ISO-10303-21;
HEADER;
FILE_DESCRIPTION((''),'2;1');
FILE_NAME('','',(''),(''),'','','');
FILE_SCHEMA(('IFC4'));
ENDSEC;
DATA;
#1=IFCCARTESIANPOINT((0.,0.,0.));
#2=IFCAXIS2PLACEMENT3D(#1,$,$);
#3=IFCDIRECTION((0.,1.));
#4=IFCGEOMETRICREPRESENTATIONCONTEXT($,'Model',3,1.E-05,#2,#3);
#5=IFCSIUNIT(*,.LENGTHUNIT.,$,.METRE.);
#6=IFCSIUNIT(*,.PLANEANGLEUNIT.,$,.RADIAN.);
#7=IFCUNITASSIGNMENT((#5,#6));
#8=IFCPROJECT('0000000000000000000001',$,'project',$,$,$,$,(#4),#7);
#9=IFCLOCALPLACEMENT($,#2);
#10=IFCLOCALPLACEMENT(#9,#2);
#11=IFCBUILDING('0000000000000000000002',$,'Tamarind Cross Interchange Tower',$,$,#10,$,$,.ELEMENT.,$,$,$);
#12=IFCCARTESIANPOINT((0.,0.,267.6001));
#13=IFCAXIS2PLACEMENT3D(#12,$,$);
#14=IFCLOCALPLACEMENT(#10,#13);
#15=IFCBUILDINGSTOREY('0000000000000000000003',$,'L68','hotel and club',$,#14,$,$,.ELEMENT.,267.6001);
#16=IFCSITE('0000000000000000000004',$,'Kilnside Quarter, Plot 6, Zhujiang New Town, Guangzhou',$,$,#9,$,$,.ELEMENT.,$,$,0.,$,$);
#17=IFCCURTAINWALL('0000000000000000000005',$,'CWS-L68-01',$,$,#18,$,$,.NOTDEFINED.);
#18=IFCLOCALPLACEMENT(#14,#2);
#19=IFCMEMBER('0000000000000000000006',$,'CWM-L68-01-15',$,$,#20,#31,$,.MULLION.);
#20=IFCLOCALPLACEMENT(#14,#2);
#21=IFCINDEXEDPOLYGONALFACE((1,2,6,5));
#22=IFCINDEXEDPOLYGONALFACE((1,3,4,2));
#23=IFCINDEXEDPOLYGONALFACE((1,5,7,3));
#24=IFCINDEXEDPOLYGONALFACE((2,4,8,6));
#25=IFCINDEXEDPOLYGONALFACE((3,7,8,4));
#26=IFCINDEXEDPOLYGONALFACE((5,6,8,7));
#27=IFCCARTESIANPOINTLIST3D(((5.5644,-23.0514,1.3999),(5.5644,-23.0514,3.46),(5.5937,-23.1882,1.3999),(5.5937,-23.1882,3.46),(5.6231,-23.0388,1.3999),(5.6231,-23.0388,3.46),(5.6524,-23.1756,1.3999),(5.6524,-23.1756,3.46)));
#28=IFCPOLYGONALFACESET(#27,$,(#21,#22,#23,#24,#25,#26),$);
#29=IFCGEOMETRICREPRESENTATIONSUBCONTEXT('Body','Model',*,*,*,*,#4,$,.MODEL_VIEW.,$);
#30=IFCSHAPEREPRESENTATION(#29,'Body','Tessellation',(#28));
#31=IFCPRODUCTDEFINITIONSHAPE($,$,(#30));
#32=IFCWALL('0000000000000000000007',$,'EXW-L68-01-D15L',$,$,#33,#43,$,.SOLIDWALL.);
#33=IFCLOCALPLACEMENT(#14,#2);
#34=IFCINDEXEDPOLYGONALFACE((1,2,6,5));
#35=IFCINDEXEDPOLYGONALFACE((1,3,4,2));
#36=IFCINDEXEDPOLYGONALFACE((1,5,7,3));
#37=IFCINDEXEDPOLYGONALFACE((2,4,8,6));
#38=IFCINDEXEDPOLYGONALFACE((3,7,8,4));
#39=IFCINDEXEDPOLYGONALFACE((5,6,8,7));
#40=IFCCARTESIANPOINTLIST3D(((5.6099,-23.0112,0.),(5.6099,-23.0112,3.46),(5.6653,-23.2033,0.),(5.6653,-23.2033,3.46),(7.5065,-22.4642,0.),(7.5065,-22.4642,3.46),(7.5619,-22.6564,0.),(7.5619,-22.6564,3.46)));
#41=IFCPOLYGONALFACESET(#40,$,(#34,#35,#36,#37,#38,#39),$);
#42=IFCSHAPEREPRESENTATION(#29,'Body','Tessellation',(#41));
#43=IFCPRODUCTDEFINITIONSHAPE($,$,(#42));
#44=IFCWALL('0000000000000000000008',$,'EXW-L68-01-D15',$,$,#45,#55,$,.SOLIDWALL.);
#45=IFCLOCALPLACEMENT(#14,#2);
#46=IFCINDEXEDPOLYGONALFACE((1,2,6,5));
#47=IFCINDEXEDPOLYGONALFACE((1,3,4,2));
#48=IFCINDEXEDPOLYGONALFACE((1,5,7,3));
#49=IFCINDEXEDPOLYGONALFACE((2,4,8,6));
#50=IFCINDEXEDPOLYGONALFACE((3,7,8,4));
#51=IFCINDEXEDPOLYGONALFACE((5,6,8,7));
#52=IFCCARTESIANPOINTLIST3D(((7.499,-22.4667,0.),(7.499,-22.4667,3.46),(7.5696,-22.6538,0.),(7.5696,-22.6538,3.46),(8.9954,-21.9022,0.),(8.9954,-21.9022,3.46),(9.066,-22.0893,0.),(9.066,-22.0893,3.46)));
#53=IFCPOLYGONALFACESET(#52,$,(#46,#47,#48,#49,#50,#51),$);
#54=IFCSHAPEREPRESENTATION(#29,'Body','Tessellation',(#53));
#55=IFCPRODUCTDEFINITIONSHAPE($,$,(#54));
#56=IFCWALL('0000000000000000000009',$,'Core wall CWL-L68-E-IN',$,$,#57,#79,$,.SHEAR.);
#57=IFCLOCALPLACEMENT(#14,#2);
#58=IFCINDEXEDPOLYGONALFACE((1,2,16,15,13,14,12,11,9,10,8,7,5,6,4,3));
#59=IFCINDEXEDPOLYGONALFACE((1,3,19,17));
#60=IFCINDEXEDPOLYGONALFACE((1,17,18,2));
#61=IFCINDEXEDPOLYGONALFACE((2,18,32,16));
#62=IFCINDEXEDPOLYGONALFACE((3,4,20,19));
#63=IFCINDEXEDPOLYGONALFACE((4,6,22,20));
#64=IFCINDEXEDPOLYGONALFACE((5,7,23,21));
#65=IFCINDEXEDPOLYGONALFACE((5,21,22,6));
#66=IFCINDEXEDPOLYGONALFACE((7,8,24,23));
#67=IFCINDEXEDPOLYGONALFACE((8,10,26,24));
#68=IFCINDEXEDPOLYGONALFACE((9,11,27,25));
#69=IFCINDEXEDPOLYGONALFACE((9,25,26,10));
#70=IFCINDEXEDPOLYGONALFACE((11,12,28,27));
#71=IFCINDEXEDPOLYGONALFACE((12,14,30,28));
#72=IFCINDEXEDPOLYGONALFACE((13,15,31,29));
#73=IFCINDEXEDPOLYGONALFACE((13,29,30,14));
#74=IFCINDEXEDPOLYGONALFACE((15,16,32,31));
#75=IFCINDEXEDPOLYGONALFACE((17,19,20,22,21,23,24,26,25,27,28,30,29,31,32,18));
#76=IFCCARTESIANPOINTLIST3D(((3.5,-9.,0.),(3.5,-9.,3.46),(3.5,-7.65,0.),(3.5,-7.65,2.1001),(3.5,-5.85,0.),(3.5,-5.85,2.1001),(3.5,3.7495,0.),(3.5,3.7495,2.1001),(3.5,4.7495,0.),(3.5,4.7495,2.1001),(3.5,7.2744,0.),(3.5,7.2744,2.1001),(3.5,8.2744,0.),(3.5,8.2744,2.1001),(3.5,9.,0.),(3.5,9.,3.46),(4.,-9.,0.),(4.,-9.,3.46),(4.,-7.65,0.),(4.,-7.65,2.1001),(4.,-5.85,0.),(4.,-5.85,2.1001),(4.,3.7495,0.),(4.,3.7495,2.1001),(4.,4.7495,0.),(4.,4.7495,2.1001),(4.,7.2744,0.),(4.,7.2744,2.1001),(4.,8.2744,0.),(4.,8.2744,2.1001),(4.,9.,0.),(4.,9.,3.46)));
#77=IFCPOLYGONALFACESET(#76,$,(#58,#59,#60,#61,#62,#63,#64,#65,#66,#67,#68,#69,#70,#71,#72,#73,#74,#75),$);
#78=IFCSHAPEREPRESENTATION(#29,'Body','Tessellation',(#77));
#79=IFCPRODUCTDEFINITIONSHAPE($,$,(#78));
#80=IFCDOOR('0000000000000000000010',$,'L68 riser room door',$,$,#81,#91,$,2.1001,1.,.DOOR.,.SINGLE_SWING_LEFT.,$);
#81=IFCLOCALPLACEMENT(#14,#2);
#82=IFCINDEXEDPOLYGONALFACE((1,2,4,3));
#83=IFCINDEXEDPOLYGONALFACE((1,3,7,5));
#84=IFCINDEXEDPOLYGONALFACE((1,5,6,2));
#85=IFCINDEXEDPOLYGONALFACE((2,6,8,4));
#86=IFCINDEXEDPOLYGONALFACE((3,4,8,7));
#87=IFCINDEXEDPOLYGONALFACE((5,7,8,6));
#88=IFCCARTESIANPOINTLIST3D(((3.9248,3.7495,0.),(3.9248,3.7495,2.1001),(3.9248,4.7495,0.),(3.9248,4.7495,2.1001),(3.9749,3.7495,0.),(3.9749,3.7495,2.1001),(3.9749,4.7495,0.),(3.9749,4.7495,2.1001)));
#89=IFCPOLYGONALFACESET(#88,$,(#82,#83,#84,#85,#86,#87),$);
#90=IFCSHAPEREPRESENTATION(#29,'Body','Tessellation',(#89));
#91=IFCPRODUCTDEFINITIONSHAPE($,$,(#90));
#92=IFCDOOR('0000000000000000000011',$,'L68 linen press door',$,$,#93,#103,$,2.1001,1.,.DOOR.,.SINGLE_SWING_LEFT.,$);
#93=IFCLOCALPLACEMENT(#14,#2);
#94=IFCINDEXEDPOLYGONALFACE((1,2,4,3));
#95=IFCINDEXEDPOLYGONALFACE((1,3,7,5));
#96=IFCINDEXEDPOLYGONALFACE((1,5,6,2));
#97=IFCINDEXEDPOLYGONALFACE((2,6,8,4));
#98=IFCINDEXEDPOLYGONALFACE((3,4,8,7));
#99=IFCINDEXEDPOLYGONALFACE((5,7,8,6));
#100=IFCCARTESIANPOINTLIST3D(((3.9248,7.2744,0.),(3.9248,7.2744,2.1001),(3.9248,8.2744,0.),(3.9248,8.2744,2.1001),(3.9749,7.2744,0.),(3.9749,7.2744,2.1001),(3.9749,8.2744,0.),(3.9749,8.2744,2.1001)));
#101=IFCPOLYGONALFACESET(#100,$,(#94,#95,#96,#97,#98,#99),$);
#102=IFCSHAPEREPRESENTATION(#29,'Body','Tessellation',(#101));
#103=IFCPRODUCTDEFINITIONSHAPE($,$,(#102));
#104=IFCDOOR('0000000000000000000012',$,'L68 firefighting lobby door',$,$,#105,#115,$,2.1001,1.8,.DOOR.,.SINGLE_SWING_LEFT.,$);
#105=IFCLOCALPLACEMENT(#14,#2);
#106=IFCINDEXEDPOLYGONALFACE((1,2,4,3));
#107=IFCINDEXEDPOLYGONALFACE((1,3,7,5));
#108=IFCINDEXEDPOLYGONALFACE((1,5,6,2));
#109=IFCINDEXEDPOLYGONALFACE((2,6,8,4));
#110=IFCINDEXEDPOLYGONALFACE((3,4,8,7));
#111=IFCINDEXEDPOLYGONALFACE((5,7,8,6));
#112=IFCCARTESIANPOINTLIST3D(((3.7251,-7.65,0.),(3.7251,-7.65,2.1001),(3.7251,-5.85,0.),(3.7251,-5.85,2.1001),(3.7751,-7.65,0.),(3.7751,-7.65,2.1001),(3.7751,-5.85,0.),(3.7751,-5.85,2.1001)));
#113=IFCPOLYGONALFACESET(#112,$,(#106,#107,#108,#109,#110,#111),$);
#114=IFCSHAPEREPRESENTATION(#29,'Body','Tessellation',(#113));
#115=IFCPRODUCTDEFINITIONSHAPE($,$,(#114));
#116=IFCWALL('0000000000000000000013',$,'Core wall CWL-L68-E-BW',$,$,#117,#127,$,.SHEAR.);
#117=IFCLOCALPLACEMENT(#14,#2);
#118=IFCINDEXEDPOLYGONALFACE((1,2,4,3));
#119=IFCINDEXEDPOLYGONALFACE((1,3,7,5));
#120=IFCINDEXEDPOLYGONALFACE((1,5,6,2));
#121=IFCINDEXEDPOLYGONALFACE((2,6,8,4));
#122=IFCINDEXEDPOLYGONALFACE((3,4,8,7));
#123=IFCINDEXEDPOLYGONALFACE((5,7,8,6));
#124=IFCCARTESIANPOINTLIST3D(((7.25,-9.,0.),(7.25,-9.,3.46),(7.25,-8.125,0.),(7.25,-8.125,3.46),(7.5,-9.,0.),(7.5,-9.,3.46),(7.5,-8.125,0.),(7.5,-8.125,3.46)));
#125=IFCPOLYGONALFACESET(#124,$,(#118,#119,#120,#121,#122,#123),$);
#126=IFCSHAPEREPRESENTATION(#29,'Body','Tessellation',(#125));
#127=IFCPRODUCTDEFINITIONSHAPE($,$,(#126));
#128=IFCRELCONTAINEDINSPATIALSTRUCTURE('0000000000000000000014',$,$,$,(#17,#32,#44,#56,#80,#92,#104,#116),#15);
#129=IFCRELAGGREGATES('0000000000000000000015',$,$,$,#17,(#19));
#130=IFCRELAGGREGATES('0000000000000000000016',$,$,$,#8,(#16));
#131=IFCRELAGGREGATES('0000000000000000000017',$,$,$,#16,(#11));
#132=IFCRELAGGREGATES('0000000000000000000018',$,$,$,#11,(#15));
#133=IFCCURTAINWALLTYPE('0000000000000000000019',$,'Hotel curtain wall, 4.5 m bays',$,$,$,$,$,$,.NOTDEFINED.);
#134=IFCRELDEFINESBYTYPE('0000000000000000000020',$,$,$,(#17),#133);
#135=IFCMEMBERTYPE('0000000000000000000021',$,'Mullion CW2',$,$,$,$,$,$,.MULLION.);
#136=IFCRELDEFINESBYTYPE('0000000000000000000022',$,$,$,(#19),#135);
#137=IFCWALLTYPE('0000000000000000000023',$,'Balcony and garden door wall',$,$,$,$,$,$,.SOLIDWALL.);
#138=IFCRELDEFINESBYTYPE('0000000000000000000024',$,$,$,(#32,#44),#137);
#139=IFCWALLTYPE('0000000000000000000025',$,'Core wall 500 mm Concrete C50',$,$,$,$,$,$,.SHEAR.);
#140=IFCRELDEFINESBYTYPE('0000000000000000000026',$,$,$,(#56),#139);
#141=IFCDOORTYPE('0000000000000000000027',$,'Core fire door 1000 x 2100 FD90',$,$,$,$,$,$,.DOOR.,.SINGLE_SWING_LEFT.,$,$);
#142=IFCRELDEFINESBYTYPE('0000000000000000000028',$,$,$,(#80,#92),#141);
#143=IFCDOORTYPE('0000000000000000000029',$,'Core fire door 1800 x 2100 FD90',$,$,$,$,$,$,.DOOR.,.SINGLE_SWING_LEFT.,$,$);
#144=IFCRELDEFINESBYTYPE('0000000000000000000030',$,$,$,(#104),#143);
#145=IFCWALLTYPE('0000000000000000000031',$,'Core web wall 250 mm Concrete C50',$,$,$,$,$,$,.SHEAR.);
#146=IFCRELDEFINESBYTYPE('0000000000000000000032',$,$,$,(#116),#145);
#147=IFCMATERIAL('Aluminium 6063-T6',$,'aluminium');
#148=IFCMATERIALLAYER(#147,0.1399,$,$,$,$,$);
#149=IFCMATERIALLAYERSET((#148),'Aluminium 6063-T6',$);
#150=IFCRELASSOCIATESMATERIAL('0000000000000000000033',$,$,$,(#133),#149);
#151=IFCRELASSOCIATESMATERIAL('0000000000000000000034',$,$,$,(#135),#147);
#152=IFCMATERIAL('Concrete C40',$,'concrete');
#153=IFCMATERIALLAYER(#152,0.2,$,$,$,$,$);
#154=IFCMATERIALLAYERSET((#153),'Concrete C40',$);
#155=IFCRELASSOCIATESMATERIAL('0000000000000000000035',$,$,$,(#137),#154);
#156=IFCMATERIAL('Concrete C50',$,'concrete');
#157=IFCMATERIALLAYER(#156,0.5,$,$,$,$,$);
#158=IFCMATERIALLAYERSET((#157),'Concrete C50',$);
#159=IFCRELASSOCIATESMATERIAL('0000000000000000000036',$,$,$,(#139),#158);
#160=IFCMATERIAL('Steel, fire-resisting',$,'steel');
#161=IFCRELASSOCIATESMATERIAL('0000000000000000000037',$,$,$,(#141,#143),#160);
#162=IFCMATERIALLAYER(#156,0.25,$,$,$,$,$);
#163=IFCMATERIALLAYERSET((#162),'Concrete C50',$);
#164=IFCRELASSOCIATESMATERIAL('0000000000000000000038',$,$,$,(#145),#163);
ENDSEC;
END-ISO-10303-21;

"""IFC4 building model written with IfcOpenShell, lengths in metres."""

from ifc_helpers import new_model, si_unit, direction, frame, frame_2d, origin, origin_2d, place, context, subcontext, project, spatial, rectangle, extrude, material, layer, layer_set, material_profile, profile_set, type_object, element, fill, aggregate, save


model = new_model("IFC4")

# Units and contexts
model_context = context("Model", 3, precision=1e-05, world=origin(), true_north=direction((0.0, 1.0)))
body_context = subcontext(model_context, "Body", "Model", "MODEL_VIEW")
ifc_project = project(units=[si_unit("LENGTHUNIT", "METRE"), si_unit("PLANEANGLEUNIT", "RADIAN")], contexts=[model_context])

# Site, building, storey
site_placement = place(None, origin())
site = spatial("IfcSite", under=ifc_project, at=site_placement, Name="Kilnside Quarter, Plot 6, Zhujiang New Town, Guangzhou", CompositionType="ELEMENT", RefElevation=0.0)
building_placement = place(site_placement, origin())
building = spatial("IfcBuilding", under=site, at=building_placement, Name="Tamarind Cross Interchange Tower", CompositionType="ELEMENT")
storey_placement = place(building_placement, frame((0.0, 0.0, 267.6001)))
storey = spatial("IfcBuildingStorey", under=building, at=storey_placement, Name="L68", Description="hotel and club", CompositionType="ELEMENT", Elevation=267.6001)

# Curtain wall, member
ifc_material_1 = material(Name="Aluminium 6063-T6", Category="aluminium")
ifc_layer_1 = layer(ifc_material_1, 0.1399)
ifc_layer_set_1 = layer_set([ifc_layer_1], Name="Aluminium 6063-T6")
curtain_wall_type = type_object("IfcCurtainWallType", Name="Hotel curtain wall, 4.5 m bays", PredefinedType="NOTDEFINED", material=ifc_layer_set_1)
curtain_wall_placement = place(storey_placement, origin())
curtain_wall = element("IfcCurtainWall", 1, at=curtain_wall_placement, inside=storey, type_object=curtain_wall_type, Name="CWS-L68-01", PredefinedType="NOTDEFINED")
ifc_material_profile_1 = material_profile(ifc_material_1, rectangle(XDim=0.0601, YDim=0.1399, at=origin_2d()), Name="Mullion CW2")
ifc_profile_set_1 = profile_set([ifc_material_profile_1], Name="Aluminium 6063-T6")
member_type = type_object("IfcMemberType", Name="Mullion CW2", PredefinedType="MULLION", material=ifc_profile_set_1)
member_1_placement = place(storey_placement, frame((5.6084, -23.1135, 1.3999), z_axis=(0.0, 0.0, 1.0), x_axis=(0.977825, 0.209425, 0.0)))
member_1 = element("IfcMember", 2, at=member_1_placement, type_object=member_type, Name="CWM-L68-01-15", PredefinedType="MULLION", context=body_context, shape_type="SweptSolid", body=[
    extrude(rectangle(XDim=0.0601, YDim=0.1399, at=origin_2d()), origin(), (0.0, 0.0, 1.0), 2.0601),
])
aggregate(curtain_wall, [member_1])

# Wall
ifc_material_2 = material(Name="Concrete C40", Category="concrete")
ifc_layer_2 = layer(ifc_material_2, 0.2)
ifc_layer_set_2 = layer_set([ifc_layer_2], Name="Concrete C40")
wall_type_1 = type_object("IfcWallType", Name="Balcony and garden door wall", PredefinedType="SOLIDWALL", material=ifc_layer_set_2)
wall_1_placement = place(storey_placement, frame((5.6377, -23.1072, 0.0), z_axis=(0.0, 0.0, 1.0), x_axis=(0.960849, 0.277073, 0.0)))
element("IfcWall", 3, at=wall_1_placement, inside=storey, type_object=wall_type_1, Name="EXW-L68-01-D15L", PredefinedType="SOLIDWALL", context=body_context, shape_type="SweptSolid", body=[
    extrude(rectangle(XDim=1.9739, YDim=0.2, at=frame_2d((0.9868, 0.0))), origin(), (0.0, 0.0, 1.0), 3.46),
])

# Wall
wall_2_placement = place(storey_placement, frame((7.5342, -22.5603, 0.0), z_axis=(0.0, 0.0, 1.0), x_axis=(0.935644, 0.352946, 0.0)))
element("IfcWall", 4, at=wall_2_placement, inside=storey, type_object=wall_type_1, Name="EXW-L68-01-D15", PredefinedType="SOLIDWALL", context=body_context, shape_type="SweptSolid", body=[
    extrude(rectangle(XDim=1.5994, YDim=0.2, at=frame_2d((0.7998, 0.0))), origin(), (0.0, 0.0, 1.0), 3.46),
])

# Wall, openings, doors
ifc_material_3 = material(Name="Concrete C50", Category="concrete")
ifc_layer_3 = layer(ifc_material_3, 0.5)
ifc_layer_set_3 = layer_set([ifc_layer_3], Name="Concrete C50")
wall_type_2 = type_object("IfcWallType", Name="Core wall 500 mm Concrete C50", PredefinedType="SHEAR", material=ifc_layer_set_3)
wall_3_placement = place(storey_placement, frame((3.75, -9.0, 0.0), z_axis=(0.0, 0.0, 1.0), x_axis=(0.0, 1.0, 0.0)))
wall_3 = element("IfcWall", 5, at=wall_3_placement, inside=storey, type_object=wall_type_2, Name="Core wall CWL-L68-E-IN", PredefinedType="SHEAR", context=body_context, shape_type="SweptSolid", body=[
    extrude(rectangle(XDim=18.0, YDim=0.5, at=frame_2d((9.0, 0.0))), origin(), (0.0, 0.0, 1.0), 3.46),
])
opening_1_placement = place(wall_3_placement, frame((1.3501, 0.0, 0.0)))
opening_1 = element("IfcOpeningElement", 6, at=opening_1_placement, cuts=wall_3, PredefinedType="OPENING", context=body_context, shape_type="SweptSolid", body=[
    extrude(rectangle(XDim=1.8, YDim=2.1001, at=frame_2d((0.8999, 1.05))), frame((0.0, 0.26, 0.0), z_axis=(0.0, -1.0, 0.0), x_axis=(1.0, 0.0, 0.0)), (0.0, 0.0, 1.0), 0.52),
])
opening_2_placement = place(wall_3_placement, frame((12.7495, 0.0, 0.0)))
opening_2 = element("IfcOpeningElement", 7, at=opening_2_placement, cuts=wall_3, PredefinedType="OPENING", context=body_context, shape_type="SweptSolid", body=[
    extrude(rectangle(XDim=1.0, YDim=2.1001, at=frame_2d((0.5, 1.05))), frame((0.0, 0.26, 0.0), z_axis=(0.0, -1.0, 0.0), x_axis=(1.0, 0.0, 0.0)), (0.0, 0.0, 1.0), 0.52),
])
opening_3_placement = place(wall_3_placement, frame((16.2744, 0.0, 0.0)))
opening_3 = element("IfcOpeningElement", 8, at=opening_3_placement, cuts=wall_3, PredefinedType="OPENING", context=body_context, shape_type="SweptSolid", body=[
    extrude(rectangle(XDim=1.0, YDim=2.1001, at=frame_2d((0.5, 1.05))), frame((0.0, 0.26, 0.0), z_axis=(0.0, -1.0, 0.0), x_axis=(1.0, 0.0, 0.0)), (0.0, 0.0, 1.0), 0.52),
])
ifc_material_4 = material(Name="Steel, fire-resisting", Category="steel")
door_type_1 = type_object("IfcDoorType", Name="Core fire door 1000 x 2100 FD90", OperationType="SINGLE_SWING_LEFT", PredefinedType="DOOR", material=ifc_material_4)
door_1_placement = place(opening_2_placement, origin())
door_1 = element("IfcDoor", 9, at=door_1_placement, inside=storey, type_object=door_type_1, Name="L68 riser room door", OperationType="SINGLE_SWING_LEFT", OverallHeight=2.1001, OverallWidth=1.0, PredefinedType="DOOR", context=body_context, shape_type="SweptSolid", body=[
    extrude(rectangle(XDim=1.0, YDim=2.1001, at=frame_2d((0.5, 1.05))), frame((0.0, -0.1748, 0.0), z_axis=(0.0, -1.0, 0.0), x_axis=(1.0, 0.0, 0.0)), (0.0, 0.0, 1.0), 0.05),
])
fill(opening_2, door_1)
door_2_placement = place(opening_3_placement, origin())
door_2 = element("IfcDoor", 10, at=door_2_placement, inside=storey, type_object=door_type_1, Name="L68 linen press door", OperationType="SINGLE_SWING_LEFT", OverallHeight=2.1001, OverallWidth=1.0, PredefinedType="DOOR", context=body_context, shape_type="SweptSolid", body=[
    extrude(rectangle(XDim=1.0, YDim=2.1001, at=frame_2d((0.5, 1.05))), frame((0.0, -0.1748, 0.0), z_axis=(0.0, -1.0, 0.0), x_axis=(1.0, 0.0, 0.0)), (0.0, 0.0, 1.0), 0.05),
])
fill(opening_3, door_2)
door_type_2 = type_object("IfcDoorType", Name="Core fire door 1800 x 2100 FD90", OperationType="SINGLE_SWING_LEFT", PredefinedType="DOOR", material=ifc_material_4)
door_3_placement = place(opening_1_placement, origin())
door_3 = element("IfcDoor", 11, at=door_3_placement, inside=storey, type_object=door_type_2, Name="L68 firefighting lobby door", OperationType="SINGLE_SWING_LEFT", OverallHeight=2.1001, OverallWidth=1.8, PredefinedType="DOOR", context=body_context, shape_type="SweptSolid", body=[
    extrude(rectangle(XDim=1.8, YDim=2.1001, at=frame_2d((0.8999, 1.05))), frame((0.0, 0.0249, 0.0), z_axis=(0.0, -1.0, 0.0), x_axis=(1.0, 0.0, 0.0)), (0.0, 0.0, 1.0), 0.05),
])
fill(opening_1, door_3)

# Wall
ifc_layer_4 = layer(ifc_material_3, 0.25)
ifc_layer_set_4 = layer_set([ifc_layer_4], Name="Concrete C50")
wall_type_3 = type_object("IfcWallType", Name="Core web wall 250 mm Concrete C50", PredefinedType="SHEAR", material=ifc_layer_set_4)
wall_4_placement = place(storey_placement, frame((7.375, -9.0, 0.0), z_axis=(0.0, 0.0, 1.0), x_axis=(0.0, 1.0, 0.0)))
element("IfcWall", 12, at=wall_4_placement, inside=storey, type_object=wall_type_3, Name="Core wall CWL-L68-E-BW", PredefinedType="SHEAR", context=body_context, shape_type="SweptSolid", body=[
    extrude(rectangle(XDim=0.875, YDim=0.25, at=frame_2d((0.4375, 0.0))), origin(), (0.0, 0.0, 1.0), 3.46),
])

save(model, "model.ifc")
